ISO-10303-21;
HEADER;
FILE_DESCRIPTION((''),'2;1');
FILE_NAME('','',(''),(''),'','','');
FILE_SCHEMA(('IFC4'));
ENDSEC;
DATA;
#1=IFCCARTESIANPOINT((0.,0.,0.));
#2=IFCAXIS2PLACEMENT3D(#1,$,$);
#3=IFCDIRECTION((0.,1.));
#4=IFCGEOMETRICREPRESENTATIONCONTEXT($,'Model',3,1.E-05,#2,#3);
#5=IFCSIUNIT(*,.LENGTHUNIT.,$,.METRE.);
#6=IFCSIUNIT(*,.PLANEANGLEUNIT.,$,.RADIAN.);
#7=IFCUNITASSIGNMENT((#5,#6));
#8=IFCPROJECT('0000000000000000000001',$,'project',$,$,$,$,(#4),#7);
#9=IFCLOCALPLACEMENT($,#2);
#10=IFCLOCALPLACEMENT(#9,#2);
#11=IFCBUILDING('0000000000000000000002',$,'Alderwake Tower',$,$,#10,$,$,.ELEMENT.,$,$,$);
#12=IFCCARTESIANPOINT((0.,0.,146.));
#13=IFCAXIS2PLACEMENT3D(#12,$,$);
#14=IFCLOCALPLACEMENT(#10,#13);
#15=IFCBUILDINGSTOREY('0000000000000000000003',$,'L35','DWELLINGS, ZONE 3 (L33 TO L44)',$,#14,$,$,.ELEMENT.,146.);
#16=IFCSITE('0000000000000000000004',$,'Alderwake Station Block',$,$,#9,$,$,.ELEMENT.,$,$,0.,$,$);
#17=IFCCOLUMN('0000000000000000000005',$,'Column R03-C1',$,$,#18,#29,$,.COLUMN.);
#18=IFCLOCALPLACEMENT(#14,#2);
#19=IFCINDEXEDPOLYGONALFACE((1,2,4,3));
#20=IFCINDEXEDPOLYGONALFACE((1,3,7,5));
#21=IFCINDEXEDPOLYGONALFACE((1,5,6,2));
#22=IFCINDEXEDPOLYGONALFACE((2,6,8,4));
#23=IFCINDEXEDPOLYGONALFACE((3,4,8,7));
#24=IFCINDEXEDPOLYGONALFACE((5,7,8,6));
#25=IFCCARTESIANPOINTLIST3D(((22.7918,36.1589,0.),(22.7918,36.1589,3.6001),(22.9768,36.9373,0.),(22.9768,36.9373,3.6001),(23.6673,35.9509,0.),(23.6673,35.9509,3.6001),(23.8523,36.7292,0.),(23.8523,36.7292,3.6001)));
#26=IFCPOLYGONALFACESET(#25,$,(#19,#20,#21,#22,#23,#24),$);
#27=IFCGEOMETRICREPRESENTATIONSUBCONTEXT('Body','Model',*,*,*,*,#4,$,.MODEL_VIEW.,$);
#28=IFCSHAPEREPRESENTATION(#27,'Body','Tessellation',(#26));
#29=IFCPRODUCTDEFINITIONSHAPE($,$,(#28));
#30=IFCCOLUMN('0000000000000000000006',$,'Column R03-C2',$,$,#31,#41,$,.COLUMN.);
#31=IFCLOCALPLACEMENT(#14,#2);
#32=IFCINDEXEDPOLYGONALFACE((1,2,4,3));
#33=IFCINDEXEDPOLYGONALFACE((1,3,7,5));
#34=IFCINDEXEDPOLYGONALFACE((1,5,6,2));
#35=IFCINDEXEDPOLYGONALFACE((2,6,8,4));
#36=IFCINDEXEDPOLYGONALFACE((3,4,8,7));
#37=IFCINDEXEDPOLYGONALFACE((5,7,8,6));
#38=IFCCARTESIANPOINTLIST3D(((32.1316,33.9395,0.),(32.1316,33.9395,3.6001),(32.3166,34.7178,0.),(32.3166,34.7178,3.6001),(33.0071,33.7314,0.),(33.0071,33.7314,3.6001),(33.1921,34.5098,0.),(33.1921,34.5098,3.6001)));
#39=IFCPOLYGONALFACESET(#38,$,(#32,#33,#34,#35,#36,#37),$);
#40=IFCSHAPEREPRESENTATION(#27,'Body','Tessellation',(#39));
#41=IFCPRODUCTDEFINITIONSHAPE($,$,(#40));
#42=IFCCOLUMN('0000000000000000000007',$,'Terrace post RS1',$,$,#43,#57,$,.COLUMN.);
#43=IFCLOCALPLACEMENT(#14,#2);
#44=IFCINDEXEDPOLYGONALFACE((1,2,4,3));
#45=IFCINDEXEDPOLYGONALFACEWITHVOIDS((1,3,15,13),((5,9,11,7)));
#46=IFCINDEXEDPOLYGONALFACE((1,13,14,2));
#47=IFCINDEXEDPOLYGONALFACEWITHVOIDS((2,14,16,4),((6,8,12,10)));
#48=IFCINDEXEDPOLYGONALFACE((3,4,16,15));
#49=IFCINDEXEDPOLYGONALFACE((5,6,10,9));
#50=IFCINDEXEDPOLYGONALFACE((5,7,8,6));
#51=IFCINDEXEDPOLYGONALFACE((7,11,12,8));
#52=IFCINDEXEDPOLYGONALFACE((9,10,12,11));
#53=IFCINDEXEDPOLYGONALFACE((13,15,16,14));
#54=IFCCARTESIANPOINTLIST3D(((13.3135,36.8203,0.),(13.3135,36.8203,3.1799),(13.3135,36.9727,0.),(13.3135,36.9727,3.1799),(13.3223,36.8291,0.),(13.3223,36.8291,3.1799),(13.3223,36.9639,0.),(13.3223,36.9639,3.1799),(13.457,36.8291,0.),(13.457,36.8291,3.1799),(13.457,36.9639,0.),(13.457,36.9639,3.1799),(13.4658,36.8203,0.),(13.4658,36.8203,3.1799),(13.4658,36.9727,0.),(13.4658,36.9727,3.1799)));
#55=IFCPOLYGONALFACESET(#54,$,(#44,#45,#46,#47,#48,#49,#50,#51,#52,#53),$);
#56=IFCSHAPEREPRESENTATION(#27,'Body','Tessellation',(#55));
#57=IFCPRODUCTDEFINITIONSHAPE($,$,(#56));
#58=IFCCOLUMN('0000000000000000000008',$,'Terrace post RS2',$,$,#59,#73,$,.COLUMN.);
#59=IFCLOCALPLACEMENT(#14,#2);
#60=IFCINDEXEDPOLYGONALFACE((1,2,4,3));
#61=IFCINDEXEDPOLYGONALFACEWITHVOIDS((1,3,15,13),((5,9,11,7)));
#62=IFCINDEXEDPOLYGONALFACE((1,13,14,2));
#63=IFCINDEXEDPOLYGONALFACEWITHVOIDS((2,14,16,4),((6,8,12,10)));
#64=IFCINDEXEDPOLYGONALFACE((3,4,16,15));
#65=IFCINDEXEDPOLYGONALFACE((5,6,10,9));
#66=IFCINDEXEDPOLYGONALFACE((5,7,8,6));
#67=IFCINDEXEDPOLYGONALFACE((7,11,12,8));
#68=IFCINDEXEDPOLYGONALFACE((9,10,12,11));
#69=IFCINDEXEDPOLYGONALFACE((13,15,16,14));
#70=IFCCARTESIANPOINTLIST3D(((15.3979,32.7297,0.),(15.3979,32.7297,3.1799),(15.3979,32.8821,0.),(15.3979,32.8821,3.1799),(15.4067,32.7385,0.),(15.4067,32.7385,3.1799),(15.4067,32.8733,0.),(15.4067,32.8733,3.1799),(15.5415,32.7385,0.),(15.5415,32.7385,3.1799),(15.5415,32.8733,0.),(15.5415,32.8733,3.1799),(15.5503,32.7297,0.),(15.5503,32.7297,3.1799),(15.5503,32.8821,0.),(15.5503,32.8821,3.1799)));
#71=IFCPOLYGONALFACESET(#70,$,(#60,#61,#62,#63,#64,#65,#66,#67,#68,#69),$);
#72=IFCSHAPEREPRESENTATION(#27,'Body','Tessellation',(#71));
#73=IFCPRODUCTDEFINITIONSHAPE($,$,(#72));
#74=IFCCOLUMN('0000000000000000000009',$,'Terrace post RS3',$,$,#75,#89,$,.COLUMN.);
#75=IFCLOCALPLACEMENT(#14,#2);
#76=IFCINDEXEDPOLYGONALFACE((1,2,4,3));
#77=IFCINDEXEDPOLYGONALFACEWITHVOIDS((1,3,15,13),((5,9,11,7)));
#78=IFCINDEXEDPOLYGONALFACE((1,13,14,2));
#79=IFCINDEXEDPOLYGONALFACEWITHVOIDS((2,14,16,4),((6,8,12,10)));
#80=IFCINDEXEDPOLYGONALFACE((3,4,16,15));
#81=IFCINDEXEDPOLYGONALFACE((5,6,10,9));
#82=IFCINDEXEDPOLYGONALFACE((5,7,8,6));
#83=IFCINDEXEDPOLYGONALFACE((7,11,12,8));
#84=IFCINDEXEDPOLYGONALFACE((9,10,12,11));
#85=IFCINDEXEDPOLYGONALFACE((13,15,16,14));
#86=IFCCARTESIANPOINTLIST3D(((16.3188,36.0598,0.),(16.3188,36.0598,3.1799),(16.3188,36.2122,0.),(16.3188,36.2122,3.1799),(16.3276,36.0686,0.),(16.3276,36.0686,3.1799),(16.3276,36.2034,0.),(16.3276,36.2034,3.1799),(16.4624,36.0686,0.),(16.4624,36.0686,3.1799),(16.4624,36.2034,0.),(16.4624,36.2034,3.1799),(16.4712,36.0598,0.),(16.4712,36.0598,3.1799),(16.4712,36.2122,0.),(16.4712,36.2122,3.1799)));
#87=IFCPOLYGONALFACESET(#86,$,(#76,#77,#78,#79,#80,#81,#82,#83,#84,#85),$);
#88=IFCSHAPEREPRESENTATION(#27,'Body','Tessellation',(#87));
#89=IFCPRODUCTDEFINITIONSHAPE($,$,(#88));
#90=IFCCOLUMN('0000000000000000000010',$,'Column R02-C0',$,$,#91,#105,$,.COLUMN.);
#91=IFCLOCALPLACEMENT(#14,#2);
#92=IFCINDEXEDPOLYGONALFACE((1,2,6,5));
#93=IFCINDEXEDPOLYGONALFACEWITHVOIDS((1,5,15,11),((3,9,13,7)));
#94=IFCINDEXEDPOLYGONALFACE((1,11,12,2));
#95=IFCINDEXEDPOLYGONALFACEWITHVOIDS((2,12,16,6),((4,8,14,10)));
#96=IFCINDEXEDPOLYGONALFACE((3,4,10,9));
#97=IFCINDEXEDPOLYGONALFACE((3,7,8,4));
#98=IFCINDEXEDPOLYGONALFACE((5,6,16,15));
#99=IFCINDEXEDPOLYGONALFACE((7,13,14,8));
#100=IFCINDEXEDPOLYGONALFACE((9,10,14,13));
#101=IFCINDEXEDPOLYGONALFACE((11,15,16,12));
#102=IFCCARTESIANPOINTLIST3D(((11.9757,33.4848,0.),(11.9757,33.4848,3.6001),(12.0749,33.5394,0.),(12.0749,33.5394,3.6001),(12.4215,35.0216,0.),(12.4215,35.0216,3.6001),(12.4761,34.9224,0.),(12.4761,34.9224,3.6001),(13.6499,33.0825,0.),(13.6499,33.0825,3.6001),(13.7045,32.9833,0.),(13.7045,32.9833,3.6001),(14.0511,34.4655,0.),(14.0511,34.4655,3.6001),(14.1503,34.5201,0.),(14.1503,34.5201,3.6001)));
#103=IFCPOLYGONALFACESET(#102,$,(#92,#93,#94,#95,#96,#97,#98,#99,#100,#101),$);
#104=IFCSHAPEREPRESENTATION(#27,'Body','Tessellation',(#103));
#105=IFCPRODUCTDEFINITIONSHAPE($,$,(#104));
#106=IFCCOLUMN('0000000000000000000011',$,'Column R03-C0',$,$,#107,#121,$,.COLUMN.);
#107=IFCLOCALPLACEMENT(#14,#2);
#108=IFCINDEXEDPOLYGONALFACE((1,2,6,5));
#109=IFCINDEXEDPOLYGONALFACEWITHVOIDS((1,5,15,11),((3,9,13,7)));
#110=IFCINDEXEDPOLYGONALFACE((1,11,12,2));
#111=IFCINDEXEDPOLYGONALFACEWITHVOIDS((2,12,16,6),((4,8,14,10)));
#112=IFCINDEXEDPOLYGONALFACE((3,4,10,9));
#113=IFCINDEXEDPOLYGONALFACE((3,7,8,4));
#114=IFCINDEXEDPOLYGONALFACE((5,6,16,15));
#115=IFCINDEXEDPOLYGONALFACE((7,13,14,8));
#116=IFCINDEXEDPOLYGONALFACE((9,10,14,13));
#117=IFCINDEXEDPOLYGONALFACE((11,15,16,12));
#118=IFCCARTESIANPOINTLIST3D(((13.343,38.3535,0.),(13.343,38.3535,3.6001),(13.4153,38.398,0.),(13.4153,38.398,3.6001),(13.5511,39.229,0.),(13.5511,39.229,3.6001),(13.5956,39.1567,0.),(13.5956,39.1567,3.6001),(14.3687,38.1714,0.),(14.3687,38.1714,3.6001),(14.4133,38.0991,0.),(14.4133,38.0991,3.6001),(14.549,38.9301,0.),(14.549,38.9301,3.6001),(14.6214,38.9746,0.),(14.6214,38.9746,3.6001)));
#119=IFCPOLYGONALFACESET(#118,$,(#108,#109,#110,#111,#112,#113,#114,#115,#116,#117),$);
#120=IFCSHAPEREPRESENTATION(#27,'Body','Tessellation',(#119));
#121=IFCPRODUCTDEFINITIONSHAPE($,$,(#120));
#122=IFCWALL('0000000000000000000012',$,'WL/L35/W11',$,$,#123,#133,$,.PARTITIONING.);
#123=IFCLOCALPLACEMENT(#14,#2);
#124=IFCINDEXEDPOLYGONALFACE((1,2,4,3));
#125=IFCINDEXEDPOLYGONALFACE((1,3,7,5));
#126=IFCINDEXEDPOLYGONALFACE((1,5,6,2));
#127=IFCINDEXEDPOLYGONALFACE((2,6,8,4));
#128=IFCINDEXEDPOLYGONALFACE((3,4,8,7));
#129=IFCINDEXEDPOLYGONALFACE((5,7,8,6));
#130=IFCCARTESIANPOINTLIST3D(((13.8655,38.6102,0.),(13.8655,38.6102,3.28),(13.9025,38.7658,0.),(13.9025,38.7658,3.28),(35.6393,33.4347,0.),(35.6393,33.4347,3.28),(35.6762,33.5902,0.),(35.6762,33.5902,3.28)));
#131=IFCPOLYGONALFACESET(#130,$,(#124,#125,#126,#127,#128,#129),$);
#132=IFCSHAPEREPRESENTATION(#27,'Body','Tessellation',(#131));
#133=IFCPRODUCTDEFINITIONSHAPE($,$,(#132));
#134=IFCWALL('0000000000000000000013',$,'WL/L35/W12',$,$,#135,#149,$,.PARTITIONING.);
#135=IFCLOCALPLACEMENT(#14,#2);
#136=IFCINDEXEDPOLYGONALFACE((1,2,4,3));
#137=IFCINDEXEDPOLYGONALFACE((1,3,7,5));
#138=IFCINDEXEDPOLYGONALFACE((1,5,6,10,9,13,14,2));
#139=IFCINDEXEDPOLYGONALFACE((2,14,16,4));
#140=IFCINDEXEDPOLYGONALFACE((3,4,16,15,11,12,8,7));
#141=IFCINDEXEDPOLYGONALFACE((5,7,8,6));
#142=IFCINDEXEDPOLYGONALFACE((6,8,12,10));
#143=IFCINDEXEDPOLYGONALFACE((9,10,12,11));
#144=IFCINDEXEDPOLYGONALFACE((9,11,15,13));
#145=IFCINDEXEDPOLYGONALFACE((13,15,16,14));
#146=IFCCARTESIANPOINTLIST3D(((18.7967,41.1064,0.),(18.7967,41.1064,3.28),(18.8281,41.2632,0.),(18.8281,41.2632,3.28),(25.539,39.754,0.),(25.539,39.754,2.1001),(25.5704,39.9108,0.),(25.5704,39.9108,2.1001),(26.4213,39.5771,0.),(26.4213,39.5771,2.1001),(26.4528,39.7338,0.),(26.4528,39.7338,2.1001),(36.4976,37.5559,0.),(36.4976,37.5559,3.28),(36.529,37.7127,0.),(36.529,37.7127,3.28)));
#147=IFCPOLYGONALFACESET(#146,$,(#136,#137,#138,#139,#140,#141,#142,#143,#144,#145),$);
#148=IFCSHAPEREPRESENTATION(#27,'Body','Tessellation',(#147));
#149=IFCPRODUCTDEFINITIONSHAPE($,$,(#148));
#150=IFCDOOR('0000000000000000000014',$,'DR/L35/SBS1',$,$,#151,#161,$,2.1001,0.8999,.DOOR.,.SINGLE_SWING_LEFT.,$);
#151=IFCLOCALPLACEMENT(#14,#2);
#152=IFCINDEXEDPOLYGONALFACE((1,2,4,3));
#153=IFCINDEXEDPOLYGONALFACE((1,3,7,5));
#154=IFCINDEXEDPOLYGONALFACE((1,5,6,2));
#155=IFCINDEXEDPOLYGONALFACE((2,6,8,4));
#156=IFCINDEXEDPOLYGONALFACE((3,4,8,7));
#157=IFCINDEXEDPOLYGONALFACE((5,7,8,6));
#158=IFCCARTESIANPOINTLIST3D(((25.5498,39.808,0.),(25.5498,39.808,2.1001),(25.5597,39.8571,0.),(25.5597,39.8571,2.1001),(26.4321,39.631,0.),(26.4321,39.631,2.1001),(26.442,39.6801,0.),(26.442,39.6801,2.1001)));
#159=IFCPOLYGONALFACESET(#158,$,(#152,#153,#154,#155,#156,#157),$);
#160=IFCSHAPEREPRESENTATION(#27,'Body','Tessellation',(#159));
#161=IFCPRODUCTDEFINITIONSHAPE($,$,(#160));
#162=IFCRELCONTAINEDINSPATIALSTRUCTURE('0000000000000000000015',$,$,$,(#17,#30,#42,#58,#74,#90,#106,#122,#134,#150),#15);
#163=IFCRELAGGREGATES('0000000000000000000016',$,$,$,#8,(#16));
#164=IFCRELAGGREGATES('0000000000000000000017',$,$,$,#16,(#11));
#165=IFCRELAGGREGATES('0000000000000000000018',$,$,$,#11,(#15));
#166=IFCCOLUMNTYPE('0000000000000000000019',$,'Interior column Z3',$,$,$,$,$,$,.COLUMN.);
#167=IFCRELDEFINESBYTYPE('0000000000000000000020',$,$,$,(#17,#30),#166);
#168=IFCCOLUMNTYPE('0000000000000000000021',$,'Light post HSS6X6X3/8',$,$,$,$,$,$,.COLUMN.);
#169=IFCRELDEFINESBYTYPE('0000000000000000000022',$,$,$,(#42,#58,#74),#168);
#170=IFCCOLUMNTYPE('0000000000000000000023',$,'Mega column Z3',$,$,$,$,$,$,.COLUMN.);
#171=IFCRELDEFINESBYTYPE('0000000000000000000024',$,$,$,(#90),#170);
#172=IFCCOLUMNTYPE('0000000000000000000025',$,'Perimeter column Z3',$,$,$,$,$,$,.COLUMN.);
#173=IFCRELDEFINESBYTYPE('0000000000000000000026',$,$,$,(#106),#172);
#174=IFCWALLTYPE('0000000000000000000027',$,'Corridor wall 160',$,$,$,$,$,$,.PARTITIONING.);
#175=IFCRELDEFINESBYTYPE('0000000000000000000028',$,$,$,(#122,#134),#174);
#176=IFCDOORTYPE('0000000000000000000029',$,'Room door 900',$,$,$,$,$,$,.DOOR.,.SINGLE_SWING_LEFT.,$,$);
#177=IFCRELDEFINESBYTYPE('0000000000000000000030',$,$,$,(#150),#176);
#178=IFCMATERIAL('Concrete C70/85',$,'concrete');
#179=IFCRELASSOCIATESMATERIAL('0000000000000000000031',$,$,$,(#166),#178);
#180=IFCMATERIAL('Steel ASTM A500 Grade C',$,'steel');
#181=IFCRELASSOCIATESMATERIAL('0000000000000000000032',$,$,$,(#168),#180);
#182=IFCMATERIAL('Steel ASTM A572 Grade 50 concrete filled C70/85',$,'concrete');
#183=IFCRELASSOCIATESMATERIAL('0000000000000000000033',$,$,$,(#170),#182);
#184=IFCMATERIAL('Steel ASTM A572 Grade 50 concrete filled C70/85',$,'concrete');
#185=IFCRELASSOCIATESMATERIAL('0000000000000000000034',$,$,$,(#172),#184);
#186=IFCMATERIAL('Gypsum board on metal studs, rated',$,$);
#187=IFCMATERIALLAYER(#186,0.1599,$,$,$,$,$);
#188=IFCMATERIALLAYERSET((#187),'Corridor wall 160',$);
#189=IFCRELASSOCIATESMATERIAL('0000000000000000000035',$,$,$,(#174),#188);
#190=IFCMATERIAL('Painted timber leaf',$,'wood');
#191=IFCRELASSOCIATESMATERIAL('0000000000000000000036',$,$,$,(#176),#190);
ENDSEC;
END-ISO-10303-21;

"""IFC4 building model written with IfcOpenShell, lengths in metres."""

from ifc_helpers import new_model, si_unit, direction, frame, frame_2d, origin, origin_2d, place, context, subcontext, project, spatial, rectangle, hollow_rectangle, extrude, material, layer, layer_set, material_profile, profile_set, type_object, element, fill, save


model = new_model("IFC4")

# Units and contexts
model_context = context("Model", 3, precision=1e-05, world=origin(), true_north=direction((0.0, 1.0)))
body_context = subcontext(model_context, "Body", "Model", "MODEL_VIEW")
ifc_project = project(units=[si_unit("LENGTHUNIT", "METRE"), si_unit("PLANEANGLEUNIT", "RADIAN")], contexts=[model_context])

# Site, building, storey
site_placement = place(None, origin())
site = spatial("IfcSite", under=ifc_project, at=site_placement, Name="Alderwake Station Block", CompositionType="ELEMENT", RefElevation=0.0)
building_placement = place(site_placement, origin())
building = spatial("IfcBuilding", under=site, at=building_placement, Name="Alderwake Tower", CompositionType="ELEMENT")
storey_placement = place(building_placement, frame((0.0, 0.0, 146.0)))
storey = spatial("IfcBuildingStorey", under=building, at=storey_placement, Name="L35", Description="DWELLINGS, ZONE 3 (L33 TO L44)", CompositionType="ELEMENT", Elevation=146.0)

# Columns
ifc_material_1 = material(Name="Concrete C70/85", Category="concrete")
ifc_material_profile_1 = material_profile(ifc_material_1, rectangle(XDim=0.8, YDim=0.8999, at=origin_2d()), Name="RC 900X800")
ifc_profile_set_1 = profile_set([ifc_material_profile_1], Name="Concrete C70/85")
column_type_1 = type_object("IfcColumnType", Name="Interior column Z3", PredefinedType="COLUMN", material=ifc_profile_set_1)
for number, where, z_axis, x_axis, name in (
    (1, (23.322, 36.4441, 0.0), (0.0, 0.0, 1.0), (0.231222, 0.972901, 0.0), "Column R03-C1"),
    (2, (32.6619, 34.2246, 0.0), (0.0, 0.0, 1.0), (0.231222, 0.972901, 0.0), "Column R03-C2"),
):
    element("IfcColumn", number, at=place(storey_placement, frame(where, z_axis=z_axis, x_axis=x_axis)), inside=storey, type_object=column_type_1, Name=name, PredefinedType="COLUMN", context=body_context, shape_type="SweptSolid", body=[
        extrude(rectangle(XDim=0.8, YDim=0.8999, at=origin_2d()), origin(), (0.0, 0.0, 1.0), 3.6001),
    ])
ifc_material_2 = material(Name="Steel ASTM A500 Grade C", Category="steel")
ifc_material_profile_2 = material_profile(ifc_material_2, hollow_rectangle(XDim=0.1523, YDim=0.1523, WallThickness=0.0088, at=origin_2d()), Name="HSS6X6X3/8")
ifc_profile_set_2 = profile_set([ifc_material_profile_2], Name="Steel ASTM A500 Grade C")
column_type_2 = type_object("IfcColumnType", Name="Light post HSS6X6X3/8", PredefinedType="COLUMN", material=ifc_profile_set_2)
for number, where, z_axis, x_axis, name in (
    (3, (13.3896, 36.8965, 0.0), (0.0, 0.0, 1.0), (1.0, 0.0, 0.0), "Terrace post RS1"),
    (4, (15.4741, 32.8059, 0.0), (0.0, 0.0, 1.0), (1.0, 0.0, 0.0), "Terrace post RS2"),
    (5, (16.395, 36.136, 0.0), (0.0, 0.0, 1.0), (1.0, 0.0, 0.0), "Terrace post RS3"),
):
    element("IfcColumn", number, at=place(storey_placement, frame(where, z_axis=z_axis, x_axis=x_axis)), inside=storey, type_object=column_type_2, Name=name, PredefinedType="COLUMN", context=body_context, shape_type="SweptSolid", body=[
        extrude(hollow_rectangle(XDim=0.1523, YDim=0.1523, WallThickness=0.0088, at=origin_2d()), origin(), (0.0, 0.0, 1.0), 3.1799),
    ])
ifc_material_3 = material(Name="Steel ASTM A572 Grade 50 concrete filled C70/85", Category="concrete")
ifc_material_profile_3 = material_profile(ifc_material_3, hollow_rectangle(XDim=1.6001, YDim=1.8, WallThickness=0.0801, at=origin_2d()), Name="BOX 1800X1600X80")
ifc_profile_set_3 = profile_set([ifc_material_profile_3], Name="Steel ASTM A572 Grade 50 concrete filled C70/85")
column_type_3 = type_object("IfcColumnType", Name="Mega column Z3", PredefinedType="COLUMN", material=ifc_profile_set_3)
column_1_placement = place(storey_placement, frame((13.063, 34.0024, 0.0), z_axis=(0.0, 0.0, 1.0), x_axis=(0.278612, 0.960404, 0.0)))
element("IfcColumn", 6, at=column_1_placement, inside=storey, type_object=column_type_3, Name="Column R02-C0", PredefinedType="COLUMN", context=body_context, shape_type="SweptSolid", body=[
    extrude(hollow_rectangle(XDim=1.6001, YDim=1.8, WallThickness=0.0801, at=origin_2d()), origin(), (0.0, 0.0, 1.0), 3.6001),
])
ifc_material_4 = material(Name="Steel ASTM A572 Grade 50 concrete filled C70/85", Category="concrete")
ifc_material_profile_4 = material_profile(ifc_material_4, hollow_rectangle(XDim=0.8999, YDim=1.1001, WallThickness=0.0601, at=origin_2d()), Name="BOX 1100X900X60")
ifc_profile_set_4 = profile_set([ifc_material_profile_4], Name="Steel ASTM A572 Grade 50 concrete filled C70/85")
column_type_4 = type_object("IfcColumnType", Name="Perimeter column Z3", PredefinedType="COLUMN", material=ifc_profile_set_4)
column_2_placement = place(storey_placement, frame((13.9822, 38.6641, 0.0), z_axis=(0.0, 0.0, 1.0), x_axis=(0.231222, 0.972901, 0.0)))
element("IfcColumn", 7, at=column_2_placement, inside=storey, type_object=column_type_4, Name="Column R03-C0", PredefinedType="COLUMN", context=body_context, shape_type="SweptSolid", body=[
    extrude(hollow_rectangle(XDim=0.8999, YDim=1.1001, WallThickness=0.0601, at=origin_2d()), origin(), (0.0, 0.0, 1.0), 3.6001),
])

# Wall
ifc_material_5 = material(Name="Gypsum board on metal studs, rated")
ifc_layer_1 = layer(ifc_material_5, 0.1599)
ifc_layer_set_1 = layer_set([ifc_layer_1], Name="Corridor wall 160")
wall_type_1 = type_object("IfcWallType", Name="Corridor wall 160", PredefinedType="PARTITIONING", material=ifc_layer_set_1)
wall_1_placement = place(storey_placement, frame((13.884, 38.688, 0.0), z_axis=(0.0, 0.0, 1.0), x_axis=(0.972893, -0.231254, 0.0)))
element("IfcWall", 8, at=wall_1_placement, inside=storey, type_object=wall_type_1, Name="WL/L35/W11", PredefinedType="PARTITIONING", context=body_context, shape_type="SweptSolid", body=[
    extrude(rectangle(XDim=22.3804, YDim=0.1599, at=frame_2d((11.1902, 0.0))), origin(), (0.0, 0.0, 1.0), 3.28),
])

# Wall, opening, door
wall_2_placement = place(storey_placement, frame((36.5134, 37.6343, 0.0), z_axis=(0.0, 0.0, 1.0), x_axis=(-0.98047, 0.196667, 0.0)))
wall_2 = element("IfcWall", 9, at=wall_2_placement, inside=storey, type_object=wall_type_1, Name="WL/L35/W12", PredefinedType="PARTITIONING", context=body_context, shape_type="SweptSolid", body=[
    extrude(rectangle(XDim=18.0535, YDim=0.1599, at=frame_2d((9.0269, 0.0))), origin(), (0.0, 0.0, 1.0), 3.28),
])
opening_1_placement = place(wall_2_placement, frame((10.2771, 0.0, 0.0)))
opening_1 = element("IfcOpeningElement", 10, at=opening_1_placement, cuts=wall_2, PredefinedType="OPENING", context=body_context, shape_type="SweptSolid", body=[
    extrude(rectangle(XDim=0.8999, YDim=2.1001, at=frame_2d((0.45, 1.05))), frame((0.0, 0.0898, 0.0), z_axis=(0.0, -1.0, 0.0), x_axis=(1.0, 0.0, 0.0)), (0.0, 0.0, 1.0), 0.1799),
])
ifc_material_6 = material(Name="Painted timber leaf", Category="wood")
door_type_1 = type_object("IfcDoorType", Name="Room door 900", OperationType="SINGLE_SWING_LEFT", PredefinedType="DOOR", material=ifc_material_6)
door_1_placement = place(opening_1_placement, origin())
door_1 = element("IfcDoor", 11, at=door_1_placement, inside=storey, type_object=door_type_1, Name="DR/L35/SBS1", OperationType="SINGLE_SWING_LEFT", OverallHeight=2.1001, OverallWidth=0.8999, PredefinedType="DOOR", context=body_context, shape_type="SweptSolid", body=[
    extrude(rectangle(XDim=0.8999, YDim=2.1001, at=frame_2d((0.45, 1.05))), frame((0.0, 0.0249, 0.0), z_axis=(0.0, -1.0, 0.0), x_axis=(1.0, 0.0, 0.0)), (0.0, 0.0, 1.0), 0.05),
])
fill(opening_1, door_1)

save(model, "model.ifc")
